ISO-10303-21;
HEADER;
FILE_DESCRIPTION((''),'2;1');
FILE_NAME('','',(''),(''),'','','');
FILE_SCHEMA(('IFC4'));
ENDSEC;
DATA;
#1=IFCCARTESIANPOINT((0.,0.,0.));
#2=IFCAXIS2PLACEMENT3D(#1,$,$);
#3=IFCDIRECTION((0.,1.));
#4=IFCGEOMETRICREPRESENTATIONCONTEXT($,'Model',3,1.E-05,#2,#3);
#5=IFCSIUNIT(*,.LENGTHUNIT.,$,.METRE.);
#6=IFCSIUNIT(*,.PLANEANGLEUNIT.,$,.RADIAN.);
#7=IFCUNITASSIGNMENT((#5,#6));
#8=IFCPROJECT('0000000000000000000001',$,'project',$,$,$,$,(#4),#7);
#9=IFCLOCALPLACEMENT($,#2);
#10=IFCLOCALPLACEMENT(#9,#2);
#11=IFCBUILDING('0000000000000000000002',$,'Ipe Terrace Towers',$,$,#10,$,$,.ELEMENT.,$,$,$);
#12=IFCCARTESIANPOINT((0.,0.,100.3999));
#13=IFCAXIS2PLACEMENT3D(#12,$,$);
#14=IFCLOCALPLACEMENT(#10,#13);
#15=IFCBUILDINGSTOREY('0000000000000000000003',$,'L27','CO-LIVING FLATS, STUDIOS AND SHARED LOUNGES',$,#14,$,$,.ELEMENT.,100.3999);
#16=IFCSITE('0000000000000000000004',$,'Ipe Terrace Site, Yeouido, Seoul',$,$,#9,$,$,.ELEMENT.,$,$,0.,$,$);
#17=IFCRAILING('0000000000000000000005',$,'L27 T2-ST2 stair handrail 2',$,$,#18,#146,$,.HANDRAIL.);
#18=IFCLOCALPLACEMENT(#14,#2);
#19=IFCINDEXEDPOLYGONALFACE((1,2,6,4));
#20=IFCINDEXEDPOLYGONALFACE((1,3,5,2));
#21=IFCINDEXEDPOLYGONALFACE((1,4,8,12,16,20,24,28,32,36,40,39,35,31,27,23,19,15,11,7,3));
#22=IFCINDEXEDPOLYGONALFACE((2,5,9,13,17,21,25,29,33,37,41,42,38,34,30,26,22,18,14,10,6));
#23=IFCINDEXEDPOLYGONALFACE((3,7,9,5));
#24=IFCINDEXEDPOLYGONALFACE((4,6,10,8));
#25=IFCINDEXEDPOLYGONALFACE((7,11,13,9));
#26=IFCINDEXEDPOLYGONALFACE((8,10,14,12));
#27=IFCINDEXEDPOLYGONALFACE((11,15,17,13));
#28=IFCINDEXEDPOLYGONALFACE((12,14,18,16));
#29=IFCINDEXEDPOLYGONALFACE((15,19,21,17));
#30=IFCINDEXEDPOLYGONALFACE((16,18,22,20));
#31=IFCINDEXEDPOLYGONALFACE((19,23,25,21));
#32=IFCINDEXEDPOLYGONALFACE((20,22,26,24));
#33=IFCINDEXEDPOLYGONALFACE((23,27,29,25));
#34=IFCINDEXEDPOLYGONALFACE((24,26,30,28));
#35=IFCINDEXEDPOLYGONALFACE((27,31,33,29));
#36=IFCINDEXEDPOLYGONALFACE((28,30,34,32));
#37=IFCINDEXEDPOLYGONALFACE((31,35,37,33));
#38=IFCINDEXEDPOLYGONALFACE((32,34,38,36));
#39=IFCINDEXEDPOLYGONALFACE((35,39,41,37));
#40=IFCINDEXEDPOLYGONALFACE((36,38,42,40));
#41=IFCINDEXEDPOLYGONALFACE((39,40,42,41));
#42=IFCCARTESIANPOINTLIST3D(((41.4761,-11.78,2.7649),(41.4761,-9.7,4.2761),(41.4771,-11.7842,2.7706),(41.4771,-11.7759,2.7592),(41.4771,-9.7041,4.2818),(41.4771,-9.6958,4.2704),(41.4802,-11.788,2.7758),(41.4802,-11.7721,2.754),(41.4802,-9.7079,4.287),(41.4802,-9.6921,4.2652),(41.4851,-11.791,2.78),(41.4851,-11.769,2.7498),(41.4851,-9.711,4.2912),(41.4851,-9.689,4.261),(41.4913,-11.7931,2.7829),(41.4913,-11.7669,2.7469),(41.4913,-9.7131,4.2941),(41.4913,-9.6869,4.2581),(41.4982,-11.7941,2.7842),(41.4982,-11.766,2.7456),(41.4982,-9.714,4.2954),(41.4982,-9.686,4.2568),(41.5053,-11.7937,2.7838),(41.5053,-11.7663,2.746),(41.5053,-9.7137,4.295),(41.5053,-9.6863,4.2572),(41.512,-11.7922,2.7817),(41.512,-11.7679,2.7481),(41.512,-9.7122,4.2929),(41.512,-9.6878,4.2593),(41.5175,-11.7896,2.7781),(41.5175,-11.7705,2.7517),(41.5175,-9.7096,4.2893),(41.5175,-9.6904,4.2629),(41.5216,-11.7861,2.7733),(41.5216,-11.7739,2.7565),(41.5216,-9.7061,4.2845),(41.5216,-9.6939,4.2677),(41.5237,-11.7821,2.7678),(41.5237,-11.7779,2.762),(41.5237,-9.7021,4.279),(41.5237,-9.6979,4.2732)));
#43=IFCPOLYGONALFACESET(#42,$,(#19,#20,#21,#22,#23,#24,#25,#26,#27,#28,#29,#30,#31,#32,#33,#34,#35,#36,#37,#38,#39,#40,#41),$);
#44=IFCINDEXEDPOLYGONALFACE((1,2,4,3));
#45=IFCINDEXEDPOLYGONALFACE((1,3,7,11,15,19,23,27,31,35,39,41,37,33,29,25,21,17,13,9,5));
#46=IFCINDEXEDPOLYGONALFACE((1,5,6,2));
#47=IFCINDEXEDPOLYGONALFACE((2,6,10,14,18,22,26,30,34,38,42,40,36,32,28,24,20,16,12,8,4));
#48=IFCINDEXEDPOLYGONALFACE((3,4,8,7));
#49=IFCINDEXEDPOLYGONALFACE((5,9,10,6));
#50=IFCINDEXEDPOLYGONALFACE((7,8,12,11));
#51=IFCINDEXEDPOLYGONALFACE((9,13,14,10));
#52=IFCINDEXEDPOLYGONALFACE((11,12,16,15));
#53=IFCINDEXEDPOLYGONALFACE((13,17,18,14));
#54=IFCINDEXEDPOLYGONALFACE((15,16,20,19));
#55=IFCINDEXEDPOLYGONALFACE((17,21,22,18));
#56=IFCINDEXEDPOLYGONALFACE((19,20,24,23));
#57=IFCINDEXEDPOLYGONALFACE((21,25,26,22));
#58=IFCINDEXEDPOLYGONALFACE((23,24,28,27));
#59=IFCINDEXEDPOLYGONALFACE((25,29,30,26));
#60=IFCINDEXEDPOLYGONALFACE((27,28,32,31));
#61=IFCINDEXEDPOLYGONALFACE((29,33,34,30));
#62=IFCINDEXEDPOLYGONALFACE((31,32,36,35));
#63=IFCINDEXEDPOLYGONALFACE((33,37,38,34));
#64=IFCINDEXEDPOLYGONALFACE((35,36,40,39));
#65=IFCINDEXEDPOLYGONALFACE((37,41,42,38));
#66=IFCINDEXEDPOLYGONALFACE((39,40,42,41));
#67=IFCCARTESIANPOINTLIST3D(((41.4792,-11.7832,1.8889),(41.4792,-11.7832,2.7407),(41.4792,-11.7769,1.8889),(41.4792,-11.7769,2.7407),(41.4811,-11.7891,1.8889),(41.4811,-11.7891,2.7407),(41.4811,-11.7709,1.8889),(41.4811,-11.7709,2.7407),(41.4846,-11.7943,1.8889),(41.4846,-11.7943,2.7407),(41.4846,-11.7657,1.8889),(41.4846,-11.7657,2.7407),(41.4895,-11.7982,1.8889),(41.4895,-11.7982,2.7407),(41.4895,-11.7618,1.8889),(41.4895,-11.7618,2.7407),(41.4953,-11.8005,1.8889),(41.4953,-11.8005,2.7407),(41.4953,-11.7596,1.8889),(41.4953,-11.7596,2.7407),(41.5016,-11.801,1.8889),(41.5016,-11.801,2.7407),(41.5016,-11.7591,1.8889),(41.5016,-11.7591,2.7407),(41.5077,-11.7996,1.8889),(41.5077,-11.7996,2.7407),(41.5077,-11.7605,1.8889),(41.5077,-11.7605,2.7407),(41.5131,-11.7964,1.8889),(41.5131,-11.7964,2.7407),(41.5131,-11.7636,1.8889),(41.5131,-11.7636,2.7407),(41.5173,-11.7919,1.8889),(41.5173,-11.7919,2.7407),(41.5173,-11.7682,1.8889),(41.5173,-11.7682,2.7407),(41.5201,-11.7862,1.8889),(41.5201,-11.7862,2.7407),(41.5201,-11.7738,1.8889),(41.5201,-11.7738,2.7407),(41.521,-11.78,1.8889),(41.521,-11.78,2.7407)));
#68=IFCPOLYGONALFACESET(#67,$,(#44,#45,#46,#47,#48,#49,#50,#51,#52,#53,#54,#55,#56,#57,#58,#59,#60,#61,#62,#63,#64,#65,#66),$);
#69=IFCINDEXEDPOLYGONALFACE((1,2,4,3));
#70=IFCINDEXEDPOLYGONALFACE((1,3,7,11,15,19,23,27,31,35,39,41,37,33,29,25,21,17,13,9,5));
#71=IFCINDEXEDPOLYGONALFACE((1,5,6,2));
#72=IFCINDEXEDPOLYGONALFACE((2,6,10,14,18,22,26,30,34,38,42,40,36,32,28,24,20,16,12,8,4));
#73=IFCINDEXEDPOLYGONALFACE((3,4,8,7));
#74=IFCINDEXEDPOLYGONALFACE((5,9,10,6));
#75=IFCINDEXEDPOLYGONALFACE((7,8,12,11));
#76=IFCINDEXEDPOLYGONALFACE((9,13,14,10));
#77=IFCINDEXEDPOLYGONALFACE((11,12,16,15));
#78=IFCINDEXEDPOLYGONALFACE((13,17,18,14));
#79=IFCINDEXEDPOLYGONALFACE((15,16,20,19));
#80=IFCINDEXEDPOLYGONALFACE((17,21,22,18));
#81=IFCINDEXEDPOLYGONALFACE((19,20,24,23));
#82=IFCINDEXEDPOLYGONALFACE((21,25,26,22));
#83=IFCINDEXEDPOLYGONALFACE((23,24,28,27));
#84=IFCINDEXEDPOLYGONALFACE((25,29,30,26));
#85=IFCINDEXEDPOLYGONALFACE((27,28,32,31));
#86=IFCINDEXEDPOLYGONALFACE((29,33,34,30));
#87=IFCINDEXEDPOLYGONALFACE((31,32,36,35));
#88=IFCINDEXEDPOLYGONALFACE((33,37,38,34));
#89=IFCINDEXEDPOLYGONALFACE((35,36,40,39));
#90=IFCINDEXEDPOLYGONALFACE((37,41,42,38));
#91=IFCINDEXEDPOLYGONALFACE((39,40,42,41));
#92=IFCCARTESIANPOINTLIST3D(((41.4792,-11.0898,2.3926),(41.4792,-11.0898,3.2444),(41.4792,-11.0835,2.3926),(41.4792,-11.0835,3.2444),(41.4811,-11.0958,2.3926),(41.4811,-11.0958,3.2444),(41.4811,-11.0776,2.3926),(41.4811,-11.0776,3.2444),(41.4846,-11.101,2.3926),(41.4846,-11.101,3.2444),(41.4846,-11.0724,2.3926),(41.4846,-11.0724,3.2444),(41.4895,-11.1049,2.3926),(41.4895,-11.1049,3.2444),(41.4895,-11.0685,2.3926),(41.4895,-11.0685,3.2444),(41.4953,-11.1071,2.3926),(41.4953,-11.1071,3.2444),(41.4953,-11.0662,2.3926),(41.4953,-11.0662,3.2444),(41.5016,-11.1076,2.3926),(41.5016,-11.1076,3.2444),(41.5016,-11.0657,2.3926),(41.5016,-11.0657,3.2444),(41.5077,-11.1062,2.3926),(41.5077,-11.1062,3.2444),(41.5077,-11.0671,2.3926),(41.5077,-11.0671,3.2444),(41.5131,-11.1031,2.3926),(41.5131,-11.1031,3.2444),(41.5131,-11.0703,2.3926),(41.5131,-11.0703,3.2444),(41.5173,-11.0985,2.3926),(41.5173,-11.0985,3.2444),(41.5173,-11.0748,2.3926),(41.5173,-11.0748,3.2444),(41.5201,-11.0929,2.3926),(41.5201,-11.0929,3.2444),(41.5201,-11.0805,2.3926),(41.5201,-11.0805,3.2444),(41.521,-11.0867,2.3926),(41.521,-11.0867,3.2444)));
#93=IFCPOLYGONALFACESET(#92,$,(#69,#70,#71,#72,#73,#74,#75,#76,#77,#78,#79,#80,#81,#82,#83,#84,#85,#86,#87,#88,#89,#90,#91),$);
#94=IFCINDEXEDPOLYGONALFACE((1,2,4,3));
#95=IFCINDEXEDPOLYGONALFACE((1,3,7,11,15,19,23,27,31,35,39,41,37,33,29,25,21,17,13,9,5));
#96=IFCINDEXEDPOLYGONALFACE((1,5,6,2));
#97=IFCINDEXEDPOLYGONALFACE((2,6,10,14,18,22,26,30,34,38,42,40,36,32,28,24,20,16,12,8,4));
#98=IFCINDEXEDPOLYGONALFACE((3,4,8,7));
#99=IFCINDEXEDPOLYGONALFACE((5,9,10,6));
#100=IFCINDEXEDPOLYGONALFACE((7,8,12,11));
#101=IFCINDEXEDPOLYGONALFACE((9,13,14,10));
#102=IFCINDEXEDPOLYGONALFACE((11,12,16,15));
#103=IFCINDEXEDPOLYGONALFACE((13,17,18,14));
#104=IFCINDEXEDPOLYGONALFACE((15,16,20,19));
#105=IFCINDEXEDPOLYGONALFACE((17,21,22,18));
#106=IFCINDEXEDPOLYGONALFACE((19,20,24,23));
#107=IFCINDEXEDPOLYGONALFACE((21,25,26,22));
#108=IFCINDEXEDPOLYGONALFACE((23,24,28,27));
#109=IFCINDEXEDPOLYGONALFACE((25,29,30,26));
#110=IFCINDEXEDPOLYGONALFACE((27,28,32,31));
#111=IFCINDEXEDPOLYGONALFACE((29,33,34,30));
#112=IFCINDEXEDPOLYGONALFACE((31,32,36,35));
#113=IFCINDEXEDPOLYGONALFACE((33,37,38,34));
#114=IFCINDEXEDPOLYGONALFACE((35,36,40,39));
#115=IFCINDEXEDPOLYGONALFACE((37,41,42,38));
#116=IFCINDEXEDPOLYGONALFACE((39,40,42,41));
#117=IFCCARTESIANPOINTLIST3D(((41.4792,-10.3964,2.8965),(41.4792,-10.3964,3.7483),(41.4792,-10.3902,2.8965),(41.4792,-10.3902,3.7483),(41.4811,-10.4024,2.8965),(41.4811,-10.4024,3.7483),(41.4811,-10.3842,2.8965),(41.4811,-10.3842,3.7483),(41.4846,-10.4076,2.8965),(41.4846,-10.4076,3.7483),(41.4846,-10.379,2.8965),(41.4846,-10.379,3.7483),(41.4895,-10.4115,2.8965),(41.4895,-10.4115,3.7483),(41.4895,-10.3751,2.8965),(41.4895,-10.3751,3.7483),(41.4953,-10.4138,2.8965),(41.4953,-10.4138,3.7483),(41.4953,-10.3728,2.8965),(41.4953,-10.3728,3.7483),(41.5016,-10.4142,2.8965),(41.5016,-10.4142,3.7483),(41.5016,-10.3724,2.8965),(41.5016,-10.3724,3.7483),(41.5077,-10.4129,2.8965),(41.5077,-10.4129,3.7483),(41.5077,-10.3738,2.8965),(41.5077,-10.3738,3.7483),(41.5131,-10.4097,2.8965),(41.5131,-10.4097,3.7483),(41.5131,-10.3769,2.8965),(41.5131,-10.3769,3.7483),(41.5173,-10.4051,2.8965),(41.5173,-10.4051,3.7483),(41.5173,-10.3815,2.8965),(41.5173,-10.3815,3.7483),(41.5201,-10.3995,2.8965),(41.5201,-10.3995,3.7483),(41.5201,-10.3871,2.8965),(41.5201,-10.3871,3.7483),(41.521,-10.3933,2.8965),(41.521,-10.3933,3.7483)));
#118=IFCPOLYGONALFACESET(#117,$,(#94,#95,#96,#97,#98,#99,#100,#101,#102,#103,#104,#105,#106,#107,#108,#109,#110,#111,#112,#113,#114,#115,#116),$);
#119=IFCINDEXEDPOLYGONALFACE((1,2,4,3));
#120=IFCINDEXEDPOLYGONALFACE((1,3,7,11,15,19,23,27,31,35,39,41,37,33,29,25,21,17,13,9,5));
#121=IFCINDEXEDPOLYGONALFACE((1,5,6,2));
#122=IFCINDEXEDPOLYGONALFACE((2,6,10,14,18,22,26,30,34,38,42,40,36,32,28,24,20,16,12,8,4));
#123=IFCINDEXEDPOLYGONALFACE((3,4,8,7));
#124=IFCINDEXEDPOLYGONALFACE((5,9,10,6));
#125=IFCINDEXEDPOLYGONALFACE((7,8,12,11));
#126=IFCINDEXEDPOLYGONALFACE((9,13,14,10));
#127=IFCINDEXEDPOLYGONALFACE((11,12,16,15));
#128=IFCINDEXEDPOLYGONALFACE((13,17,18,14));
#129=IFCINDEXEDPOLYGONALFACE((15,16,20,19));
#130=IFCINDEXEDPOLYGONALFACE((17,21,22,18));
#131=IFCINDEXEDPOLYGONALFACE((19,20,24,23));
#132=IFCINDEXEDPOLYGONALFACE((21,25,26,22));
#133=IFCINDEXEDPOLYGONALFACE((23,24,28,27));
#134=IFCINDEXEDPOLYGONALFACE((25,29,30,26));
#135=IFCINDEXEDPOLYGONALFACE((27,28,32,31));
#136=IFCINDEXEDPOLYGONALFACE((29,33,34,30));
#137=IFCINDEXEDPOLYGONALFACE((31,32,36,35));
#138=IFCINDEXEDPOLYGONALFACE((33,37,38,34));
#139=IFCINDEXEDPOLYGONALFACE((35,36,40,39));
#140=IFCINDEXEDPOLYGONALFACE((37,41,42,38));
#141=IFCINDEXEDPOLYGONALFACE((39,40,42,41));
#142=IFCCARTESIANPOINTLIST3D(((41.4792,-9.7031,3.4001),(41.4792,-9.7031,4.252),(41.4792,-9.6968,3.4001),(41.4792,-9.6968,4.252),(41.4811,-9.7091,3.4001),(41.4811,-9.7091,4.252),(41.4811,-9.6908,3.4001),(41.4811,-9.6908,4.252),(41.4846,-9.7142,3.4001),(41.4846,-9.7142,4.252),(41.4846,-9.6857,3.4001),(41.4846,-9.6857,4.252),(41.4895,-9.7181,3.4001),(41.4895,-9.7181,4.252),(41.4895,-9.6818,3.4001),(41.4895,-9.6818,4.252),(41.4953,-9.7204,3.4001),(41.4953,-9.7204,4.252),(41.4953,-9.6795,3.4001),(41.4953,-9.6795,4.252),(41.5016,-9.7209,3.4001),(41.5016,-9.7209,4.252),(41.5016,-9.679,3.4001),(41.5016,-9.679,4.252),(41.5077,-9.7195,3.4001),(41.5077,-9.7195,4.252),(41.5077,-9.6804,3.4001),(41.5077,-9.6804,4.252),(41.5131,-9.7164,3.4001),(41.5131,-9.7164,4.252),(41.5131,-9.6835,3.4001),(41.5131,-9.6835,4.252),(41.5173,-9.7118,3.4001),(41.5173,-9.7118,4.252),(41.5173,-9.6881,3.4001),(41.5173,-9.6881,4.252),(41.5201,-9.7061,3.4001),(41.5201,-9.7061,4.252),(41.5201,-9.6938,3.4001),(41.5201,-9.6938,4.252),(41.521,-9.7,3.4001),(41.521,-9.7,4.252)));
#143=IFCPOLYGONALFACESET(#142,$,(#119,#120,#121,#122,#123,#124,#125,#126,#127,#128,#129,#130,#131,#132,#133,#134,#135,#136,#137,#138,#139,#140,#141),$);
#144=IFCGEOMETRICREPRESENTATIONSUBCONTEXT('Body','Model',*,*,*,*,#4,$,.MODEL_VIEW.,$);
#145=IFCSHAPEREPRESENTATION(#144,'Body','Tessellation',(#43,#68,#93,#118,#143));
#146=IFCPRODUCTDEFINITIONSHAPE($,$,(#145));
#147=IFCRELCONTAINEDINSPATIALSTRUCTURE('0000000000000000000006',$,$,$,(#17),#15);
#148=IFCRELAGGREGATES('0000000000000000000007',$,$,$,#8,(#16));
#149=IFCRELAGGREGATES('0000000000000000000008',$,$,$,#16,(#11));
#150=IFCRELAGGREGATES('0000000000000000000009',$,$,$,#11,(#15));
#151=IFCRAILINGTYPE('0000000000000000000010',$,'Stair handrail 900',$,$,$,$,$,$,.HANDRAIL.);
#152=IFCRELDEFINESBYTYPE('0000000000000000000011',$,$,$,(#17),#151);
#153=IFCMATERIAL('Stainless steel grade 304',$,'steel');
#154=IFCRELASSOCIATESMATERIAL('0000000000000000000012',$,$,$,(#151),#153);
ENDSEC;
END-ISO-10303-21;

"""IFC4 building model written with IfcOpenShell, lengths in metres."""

from ifc_helpers import new_model, si_unit, direction, frame, origin, origin_2d, place, context, subcontext, project, spatial, circle, extrude, material, type_object, element, save


model = new_model("IFC4")

# Units and contexts
model_context = context("Model", 3, precision=1e-05, world=origin(), true_north=direction((0.0, 1.0)))
body_context = subcontext(model_context, "Body", "Model", "MODEL_VIEW")
ifc_project = project(units=[si_unit("LENGTHUNIT", "METRE"), si_unit("PLANEANGLEUNIT", "RADIAN")], contexts=[model_context])

# Site, building, storey
site_placement = place(None, origin())
site = spatial("IfcSite", under=ifc_project, at=site_placement, Name="Ipe Terrace Site, Yeouido, Seoul", CompositionType="ELEMENT", RefElevation=0.0)
building_placement = place(site_placement, origin())
building = spatial("IfcBuilding", under=site, at=building_placement, Name="Ipe Terrace Towers", CompositionType="ELEMENT")
storey_placement = place(building_placement, frame((0.0, 0.0, 100.3999)))
storey = spatial("IfcBuildingStorey", under=building, at=storey_placement, Name="L27", Description="CO-LIVING FLATS, STUDIOS AND SHARED LOUNGES", CompositionType="ELEMENT", Elevation=100.3999)

# Railing
ifc_material_1 = material(Name="Stainless steel grade 304", Category="steel")
railing_type_1 = type_object("IfcRailingType", Name="Stair handrail 900", PredefinedType="HANDRAIL", material=ifc_material_1)
railing_1_placement = place(storey_placement, frame((41.5, -11.78, 1.8889)))
element("IfcRailing", 1, at=railing_1_placement, inside=storey, type_object=railing_type_1, Name="L27 T2-ST2 stair handrail 2", PredefinedType="HANDRAIL", context=body_context, shape_type="SweptSolid", body=[
    extrude(circle(Radius=0.0239, at=origin_2d()), frame((0.0, 0.0, 0.876), z_axis=(0.0, 0.809023, 0.587776), x_axis=(-1.0, 0.0, 0.0)), (0.0, 0.0, 1.0), 2.571),
    extrude(circle(Radius=0.021, at=origin_2d()), origin(), (0.0, 0.0, 1.0), 0.8518),
    extrude(circle(Radius=0.021, at=origin_2d()), frame((0.0, 0.6934, 0.5037)), (0.0, 0.0, 1.0), 0.8518),
    extrude(circle(Radius=0.021, at=origin_2d()), frame((0.0, 1.3867, 1.0076)), (0.0, 0.0, 1.0), 0.8518),
    extrude(circle(Radius=0.021, at=origin_2d()), frame((0.0, 2.0801, 1.5112)), (0.0, 0.0, 1.0), 0.8518),
])

save(model, "model.ifc")
